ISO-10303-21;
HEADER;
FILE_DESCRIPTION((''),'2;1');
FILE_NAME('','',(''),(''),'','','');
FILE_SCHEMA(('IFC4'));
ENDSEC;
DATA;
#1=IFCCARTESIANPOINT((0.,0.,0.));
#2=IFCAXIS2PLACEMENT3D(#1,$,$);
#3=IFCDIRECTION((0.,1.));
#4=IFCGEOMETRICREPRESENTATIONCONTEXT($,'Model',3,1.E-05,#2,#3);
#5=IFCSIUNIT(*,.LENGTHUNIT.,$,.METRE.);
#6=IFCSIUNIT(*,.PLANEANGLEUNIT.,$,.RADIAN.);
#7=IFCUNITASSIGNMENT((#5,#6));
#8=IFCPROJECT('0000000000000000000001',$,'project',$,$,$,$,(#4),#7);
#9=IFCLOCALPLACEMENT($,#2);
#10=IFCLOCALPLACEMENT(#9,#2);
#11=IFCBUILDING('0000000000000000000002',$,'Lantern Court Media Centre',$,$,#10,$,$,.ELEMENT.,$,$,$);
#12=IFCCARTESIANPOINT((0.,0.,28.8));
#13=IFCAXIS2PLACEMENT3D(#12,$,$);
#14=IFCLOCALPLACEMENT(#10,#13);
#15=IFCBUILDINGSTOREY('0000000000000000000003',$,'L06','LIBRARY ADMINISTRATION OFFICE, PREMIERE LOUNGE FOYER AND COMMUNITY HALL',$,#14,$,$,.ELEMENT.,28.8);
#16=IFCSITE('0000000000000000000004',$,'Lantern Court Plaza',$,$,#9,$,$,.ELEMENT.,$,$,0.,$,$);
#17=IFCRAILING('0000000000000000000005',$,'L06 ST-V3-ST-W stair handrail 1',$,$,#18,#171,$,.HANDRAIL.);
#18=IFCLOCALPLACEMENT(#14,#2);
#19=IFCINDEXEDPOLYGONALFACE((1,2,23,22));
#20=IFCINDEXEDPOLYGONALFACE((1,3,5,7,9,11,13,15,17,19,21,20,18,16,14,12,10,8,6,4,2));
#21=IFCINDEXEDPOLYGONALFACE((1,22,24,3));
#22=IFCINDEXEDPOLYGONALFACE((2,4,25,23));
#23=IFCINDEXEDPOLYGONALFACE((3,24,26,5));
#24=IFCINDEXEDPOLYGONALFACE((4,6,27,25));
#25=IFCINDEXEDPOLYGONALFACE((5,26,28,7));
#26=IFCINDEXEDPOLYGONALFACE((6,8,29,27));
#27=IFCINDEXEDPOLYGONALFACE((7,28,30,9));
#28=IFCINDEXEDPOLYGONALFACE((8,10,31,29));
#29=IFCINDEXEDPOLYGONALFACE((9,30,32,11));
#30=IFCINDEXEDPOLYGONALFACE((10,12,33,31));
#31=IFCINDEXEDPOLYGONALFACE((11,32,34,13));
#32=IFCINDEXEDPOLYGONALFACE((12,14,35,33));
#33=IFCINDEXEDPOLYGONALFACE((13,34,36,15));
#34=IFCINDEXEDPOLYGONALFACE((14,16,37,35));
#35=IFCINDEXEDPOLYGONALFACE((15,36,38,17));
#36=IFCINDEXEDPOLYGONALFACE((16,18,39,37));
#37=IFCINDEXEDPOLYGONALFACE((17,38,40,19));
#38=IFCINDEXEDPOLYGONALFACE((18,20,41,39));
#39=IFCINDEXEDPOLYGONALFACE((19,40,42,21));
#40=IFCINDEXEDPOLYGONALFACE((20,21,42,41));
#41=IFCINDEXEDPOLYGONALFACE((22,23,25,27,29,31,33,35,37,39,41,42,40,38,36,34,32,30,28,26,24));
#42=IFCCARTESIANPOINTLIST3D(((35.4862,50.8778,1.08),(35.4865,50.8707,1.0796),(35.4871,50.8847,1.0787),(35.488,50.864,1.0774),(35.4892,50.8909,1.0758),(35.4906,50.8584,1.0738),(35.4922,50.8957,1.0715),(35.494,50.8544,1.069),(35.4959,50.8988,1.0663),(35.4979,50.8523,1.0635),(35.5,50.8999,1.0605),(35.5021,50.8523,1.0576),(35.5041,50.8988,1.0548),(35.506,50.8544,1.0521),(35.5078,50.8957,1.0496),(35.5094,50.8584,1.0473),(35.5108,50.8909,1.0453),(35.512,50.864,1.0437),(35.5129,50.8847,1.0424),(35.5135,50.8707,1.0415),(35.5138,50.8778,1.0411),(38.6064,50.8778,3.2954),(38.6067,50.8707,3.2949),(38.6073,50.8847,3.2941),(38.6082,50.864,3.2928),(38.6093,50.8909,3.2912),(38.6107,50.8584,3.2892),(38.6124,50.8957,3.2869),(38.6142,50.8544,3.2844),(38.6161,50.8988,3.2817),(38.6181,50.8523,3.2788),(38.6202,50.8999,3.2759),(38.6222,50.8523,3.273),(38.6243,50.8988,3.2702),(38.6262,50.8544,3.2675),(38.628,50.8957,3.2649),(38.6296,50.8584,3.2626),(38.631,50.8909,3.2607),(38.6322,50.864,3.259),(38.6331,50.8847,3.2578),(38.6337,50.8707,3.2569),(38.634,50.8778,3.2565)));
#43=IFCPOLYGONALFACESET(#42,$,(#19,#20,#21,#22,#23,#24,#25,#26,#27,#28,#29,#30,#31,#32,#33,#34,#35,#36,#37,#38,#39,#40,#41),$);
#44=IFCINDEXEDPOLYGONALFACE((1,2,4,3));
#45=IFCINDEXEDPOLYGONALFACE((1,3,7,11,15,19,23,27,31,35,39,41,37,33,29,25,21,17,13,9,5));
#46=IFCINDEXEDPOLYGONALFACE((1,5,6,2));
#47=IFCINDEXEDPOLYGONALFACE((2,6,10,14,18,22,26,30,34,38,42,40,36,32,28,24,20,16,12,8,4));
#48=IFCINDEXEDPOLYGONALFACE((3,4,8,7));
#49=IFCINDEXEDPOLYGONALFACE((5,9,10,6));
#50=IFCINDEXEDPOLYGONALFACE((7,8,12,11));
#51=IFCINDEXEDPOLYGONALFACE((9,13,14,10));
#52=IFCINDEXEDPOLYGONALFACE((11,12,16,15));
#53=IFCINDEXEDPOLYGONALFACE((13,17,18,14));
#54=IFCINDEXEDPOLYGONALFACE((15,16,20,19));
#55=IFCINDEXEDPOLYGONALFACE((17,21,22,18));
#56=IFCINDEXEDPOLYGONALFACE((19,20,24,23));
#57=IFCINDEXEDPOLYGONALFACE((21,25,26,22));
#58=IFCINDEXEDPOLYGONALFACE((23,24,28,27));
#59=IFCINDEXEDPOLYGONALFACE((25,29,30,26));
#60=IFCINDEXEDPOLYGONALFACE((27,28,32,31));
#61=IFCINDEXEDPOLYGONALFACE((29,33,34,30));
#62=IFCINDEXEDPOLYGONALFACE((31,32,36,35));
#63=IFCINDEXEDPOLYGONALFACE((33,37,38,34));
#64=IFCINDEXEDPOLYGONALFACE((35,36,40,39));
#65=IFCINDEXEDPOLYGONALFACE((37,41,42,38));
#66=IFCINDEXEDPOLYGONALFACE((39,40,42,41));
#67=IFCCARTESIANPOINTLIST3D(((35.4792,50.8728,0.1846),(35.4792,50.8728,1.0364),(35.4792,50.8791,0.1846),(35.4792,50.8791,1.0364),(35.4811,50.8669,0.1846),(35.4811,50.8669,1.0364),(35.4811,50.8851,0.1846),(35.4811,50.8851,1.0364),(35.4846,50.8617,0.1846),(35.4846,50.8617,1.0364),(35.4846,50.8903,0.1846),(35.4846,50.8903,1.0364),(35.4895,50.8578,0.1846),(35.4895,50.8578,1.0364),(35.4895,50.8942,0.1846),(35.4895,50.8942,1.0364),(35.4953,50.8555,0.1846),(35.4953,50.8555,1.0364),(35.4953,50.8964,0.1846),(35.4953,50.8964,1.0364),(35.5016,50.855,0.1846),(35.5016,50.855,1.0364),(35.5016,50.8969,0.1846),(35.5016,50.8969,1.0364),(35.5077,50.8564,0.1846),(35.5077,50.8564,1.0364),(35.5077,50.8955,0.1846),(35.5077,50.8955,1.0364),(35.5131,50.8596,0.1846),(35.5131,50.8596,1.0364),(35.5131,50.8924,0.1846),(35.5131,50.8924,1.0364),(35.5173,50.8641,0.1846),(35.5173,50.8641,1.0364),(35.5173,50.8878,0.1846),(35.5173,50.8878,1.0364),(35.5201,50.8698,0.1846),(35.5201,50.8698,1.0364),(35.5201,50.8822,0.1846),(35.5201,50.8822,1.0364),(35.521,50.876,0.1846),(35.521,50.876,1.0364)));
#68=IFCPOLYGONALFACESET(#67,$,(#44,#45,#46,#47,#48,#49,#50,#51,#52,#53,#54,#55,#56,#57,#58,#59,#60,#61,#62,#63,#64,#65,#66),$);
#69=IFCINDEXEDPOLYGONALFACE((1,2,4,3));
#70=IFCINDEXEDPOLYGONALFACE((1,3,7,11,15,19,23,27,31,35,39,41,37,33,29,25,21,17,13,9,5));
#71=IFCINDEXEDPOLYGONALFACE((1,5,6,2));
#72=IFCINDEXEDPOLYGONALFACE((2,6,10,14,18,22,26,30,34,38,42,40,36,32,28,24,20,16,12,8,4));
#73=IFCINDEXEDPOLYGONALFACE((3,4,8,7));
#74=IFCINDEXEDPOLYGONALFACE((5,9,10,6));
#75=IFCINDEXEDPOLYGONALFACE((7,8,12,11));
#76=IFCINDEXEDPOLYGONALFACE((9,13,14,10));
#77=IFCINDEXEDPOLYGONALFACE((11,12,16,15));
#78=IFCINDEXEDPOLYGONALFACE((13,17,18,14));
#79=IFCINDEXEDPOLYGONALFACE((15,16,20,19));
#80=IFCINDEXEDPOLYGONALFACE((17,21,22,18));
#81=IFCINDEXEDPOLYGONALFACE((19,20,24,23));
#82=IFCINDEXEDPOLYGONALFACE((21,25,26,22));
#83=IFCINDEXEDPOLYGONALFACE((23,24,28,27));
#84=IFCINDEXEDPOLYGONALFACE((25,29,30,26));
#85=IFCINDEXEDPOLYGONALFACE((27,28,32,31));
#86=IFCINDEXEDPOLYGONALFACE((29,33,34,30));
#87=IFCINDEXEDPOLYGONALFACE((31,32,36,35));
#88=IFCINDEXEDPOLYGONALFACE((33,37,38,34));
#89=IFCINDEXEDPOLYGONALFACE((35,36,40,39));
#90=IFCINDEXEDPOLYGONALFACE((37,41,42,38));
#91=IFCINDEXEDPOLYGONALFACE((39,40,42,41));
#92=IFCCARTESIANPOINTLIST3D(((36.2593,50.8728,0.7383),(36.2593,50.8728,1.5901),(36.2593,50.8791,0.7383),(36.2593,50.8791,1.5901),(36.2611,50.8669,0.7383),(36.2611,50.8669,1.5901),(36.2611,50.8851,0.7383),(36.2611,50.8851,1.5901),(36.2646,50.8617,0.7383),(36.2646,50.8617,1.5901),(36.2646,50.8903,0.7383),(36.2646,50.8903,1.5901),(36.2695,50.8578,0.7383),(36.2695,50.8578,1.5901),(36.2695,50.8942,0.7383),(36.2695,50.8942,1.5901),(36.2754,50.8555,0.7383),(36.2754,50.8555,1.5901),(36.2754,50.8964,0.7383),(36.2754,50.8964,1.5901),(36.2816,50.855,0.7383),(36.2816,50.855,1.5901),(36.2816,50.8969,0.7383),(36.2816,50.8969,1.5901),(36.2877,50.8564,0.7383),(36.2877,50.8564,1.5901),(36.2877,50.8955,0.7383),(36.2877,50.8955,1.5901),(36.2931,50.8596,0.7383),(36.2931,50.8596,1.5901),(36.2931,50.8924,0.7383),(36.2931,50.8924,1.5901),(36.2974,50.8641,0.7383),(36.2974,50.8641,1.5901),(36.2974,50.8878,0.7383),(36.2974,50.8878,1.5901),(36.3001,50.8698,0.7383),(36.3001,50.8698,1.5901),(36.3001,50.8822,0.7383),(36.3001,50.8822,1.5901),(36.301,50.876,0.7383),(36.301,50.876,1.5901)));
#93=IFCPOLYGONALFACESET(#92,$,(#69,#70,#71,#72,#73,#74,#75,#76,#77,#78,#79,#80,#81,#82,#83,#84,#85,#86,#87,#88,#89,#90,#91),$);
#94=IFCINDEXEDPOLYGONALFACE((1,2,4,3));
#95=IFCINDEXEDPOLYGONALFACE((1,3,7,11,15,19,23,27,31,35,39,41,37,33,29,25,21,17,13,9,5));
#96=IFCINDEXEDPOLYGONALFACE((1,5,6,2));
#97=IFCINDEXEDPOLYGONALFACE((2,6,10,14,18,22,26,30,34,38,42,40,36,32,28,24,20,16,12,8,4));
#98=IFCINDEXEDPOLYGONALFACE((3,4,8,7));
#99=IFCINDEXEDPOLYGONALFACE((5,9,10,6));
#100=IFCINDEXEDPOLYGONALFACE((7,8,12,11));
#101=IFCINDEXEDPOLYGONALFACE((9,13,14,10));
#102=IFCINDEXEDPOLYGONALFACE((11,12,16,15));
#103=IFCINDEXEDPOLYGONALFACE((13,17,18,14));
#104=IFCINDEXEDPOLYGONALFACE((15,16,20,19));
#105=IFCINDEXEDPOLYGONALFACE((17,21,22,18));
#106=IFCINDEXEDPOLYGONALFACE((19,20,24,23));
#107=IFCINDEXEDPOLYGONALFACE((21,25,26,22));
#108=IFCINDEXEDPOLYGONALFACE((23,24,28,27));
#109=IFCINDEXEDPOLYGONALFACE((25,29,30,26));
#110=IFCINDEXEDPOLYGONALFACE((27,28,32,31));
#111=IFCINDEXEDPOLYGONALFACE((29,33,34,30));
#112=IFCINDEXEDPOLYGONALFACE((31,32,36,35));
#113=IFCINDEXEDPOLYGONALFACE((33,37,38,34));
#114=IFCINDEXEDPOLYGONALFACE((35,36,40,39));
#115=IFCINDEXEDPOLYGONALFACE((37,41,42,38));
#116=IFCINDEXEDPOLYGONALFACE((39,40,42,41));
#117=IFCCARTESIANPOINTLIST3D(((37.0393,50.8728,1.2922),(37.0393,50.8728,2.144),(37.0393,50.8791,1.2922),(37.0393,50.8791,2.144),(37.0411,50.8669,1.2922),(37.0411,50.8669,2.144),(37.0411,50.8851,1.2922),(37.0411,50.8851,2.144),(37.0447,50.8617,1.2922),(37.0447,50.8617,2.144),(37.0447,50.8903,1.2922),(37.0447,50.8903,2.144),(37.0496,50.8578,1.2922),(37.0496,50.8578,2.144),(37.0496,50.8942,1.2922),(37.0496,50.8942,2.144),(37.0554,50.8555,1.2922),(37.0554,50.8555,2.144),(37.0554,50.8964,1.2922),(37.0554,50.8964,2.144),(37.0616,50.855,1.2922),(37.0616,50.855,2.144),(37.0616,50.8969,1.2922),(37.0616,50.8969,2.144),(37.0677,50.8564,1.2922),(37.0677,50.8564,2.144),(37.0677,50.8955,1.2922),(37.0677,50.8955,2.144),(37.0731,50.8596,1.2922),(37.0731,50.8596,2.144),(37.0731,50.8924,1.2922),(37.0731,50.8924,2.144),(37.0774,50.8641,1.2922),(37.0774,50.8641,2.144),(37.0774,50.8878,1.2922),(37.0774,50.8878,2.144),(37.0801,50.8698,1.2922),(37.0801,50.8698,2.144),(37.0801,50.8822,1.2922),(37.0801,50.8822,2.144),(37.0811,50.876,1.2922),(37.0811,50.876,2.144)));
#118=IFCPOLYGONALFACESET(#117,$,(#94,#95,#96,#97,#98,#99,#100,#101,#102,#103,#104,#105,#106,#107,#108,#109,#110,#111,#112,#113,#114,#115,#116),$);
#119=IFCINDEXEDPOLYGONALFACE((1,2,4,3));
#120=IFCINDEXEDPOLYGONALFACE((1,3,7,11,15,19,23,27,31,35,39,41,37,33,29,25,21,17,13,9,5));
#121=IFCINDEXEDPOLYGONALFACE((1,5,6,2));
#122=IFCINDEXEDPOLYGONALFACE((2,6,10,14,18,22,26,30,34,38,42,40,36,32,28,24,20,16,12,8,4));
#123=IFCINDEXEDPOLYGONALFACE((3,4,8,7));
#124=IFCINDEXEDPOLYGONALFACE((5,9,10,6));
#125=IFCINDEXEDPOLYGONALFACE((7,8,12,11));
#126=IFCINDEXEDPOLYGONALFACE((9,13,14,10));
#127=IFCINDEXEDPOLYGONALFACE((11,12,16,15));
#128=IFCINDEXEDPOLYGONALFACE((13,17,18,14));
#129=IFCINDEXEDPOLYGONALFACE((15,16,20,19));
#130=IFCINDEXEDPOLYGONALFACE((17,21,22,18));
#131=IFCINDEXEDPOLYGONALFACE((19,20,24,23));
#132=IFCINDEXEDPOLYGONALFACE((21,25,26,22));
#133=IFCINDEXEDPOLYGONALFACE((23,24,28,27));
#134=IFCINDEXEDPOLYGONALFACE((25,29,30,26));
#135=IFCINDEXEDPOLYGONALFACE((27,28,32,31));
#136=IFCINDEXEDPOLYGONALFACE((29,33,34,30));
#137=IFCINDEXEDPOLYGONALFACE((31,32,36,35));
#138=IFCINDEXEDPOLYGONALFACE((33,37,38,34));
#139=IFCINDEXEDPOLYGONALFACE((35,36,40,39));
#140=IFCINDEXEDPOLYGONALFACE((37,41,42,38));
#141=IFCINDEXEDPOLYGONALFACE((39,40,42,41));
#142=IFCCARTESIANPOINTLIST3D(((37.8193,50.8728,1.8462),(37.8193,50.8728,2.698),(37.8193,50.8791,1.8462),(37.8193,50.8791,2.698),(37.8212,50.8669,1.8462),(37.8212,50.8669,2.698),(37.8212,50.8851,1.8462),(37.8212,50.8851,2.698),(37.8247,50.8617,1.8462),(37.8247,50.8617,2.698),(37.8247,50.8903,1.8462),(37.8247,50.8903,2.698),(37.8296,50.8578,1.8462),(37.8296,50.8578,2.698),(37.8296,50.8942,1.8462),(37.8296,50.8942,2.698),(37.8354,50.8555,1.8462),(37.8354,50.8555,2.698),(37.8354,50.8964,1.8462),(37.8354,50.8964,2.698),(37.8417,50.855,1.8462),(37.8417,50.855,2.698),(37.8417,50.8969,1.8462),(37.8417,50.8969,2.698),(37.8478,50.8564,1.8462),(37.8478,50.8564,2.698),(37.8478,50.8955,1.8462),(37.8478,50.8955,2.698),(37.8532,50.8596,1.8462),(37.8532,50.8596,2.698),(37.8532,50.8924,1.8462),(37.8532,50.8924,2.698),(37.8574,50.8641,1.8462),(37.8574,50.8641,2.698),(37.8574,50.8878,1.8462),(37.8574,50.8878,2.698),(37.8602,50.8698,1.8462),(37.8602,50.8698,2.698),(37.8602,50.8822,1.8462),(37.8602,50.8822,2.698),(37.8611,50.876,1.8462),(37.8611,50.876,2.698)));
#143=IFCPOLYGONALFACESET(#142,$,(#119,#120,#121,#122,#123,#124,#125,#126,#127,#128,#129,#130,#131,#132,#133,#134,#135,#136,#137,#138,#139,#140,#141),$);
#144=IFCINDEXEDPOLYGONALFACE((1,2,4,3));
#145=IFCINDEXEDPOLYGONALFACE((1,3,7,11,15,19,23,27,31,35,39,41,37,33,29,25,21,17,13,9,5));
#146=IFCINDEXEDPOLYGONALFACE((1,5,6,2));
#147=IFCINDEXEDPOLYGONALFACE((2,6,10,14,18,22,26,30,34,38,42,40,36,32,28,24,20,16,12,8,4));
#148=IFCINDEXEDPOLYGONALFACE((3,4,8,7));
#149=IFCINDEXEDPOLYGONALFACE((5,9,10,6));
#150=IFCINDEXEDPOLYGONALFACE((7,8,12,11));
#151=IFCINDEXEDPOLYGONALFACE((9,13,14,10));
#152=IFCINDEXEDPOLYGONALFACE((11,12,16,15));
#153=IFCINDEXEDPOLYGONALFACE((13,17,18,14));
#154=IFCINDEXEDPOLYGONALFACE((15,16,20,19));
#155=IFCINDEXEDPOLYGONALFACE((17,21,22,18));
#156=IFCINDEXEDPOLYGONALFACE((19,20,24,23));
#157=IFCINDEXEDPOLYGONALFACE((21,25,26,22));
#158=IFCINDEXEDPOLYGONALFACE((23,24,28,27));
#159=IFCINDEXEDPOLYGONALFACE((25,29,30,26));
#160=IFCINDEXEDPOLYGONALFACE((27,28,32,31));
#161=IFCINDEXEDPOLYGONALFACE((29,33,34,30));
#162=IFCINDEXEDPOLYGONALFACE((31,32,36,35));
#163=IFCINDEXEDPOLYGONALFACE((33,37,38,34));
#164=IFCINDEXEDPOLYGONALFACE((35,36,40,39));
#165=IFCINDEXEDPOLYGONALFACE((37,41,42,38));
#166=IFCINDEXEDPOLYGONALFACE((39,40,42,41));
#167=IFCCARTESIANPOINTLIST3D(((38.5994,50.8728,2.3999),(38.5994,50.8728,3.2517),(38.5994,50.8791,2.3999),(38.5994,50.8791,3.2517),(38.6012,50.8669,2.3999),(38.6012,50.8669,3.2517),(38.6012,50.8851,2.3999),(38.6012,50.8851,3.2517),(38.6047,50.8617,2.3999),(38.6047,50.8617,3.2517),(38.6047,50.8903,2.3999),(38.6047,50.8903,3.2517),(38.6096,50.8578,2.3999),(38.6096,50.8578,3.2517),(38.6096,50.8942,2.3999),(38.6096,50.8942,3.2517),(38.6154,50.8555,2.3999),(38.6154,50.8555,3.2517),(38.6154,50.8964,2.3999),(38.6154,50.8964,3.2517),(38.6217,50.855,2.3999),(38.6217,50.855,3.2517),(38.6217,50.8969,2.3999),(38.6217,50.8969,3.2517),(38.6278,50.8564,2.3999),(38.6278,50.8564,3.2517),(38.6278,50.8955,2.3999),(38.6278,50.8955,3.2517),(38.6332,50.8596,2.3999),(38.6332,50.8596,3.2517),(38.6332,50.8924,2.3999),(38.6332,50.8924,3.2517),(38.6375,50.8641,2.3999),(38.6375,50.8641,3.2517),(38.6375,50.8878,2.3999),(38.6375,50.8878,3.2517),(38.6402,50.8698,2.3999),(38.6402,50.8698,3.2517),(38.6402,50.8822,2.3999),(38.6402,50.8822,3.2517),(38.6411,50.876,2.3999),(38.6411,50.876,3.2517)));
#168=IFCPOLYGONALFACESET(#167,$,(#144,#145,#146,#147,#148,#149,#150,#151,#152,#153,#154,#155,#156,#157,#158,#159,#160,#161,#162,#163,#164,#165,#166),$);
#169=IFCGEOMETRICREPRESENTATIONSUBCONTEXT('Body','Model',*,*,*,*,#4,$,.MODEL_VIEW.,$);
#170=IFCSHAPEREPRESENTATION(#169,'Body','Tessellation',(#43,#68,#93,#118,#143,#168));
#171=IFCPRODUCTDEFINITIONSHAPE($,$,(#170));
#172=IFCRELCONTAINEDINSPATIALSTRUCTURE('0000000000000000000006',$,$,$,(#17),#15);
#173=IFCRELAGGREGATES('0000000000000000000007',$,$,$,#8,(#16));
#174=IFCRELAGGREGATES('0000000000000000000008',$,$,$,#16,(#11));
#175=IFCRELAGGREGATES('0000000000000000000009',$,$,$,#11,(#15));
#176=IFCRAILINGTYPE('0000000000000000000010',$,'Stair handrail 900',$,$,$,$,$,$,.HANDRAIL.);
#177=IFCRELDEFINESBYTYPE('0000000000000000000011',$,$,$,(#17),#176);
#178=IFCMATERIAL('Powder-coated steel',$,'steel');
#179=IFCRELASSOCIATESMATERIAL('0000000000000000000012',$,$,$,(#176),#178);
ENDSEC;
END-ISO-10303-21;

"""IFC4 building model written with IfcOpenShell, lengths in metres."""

from ifc_helpers import new_model, si_unit, direction, frame, origin, origin_2d, place, context, subcontext, project, spatial, circle, extrude, material, type_object, element, save


model = new_model("IFC4")

# Units and contexts
model_context = context("Model", 3, precision=1e-05, world=origin(), true_north=direction((0.0, 1.0)))
body_context = subcontext(model_context, "Body", "Model", "MODEL_VIEW")
ifc_project = project(units=[si_unit("LENGTHUNIT", "METRE"), si_unit("PLANEANGLEUNIT", "RADIAN")], contexts=[model_context])

# Site, building, storey
site_placement = place(None, origin())
site = spatial("IfcSite", under=ifc_project, at=site_placement, Name="Lantern Court Plaza", CompositionType="ELEMENT", RefElevation=0.0)
building_placement = place(site_placement, origin())
building = spatial("IfcBuilding", under=site, at=building_placement, Name="Lantern Court Media Centre", CompositionType="ELEMENT")
storey_placement = place(building_placement, frame((0.0, 0.0, 28.8)))
storey = spatial("IfcBuildingStorey", under=building, at=storey_placement, Name="L06", Description="LIBRARY ADMINISTRATION OFFICE, PREMIERE LOUNGE FOYER AND COMMUNITY HALL", CompositionType="ELEMENT", Elevation=28.8)

# Railing
ifc_material_1 = material(Name="Powder-coated steel", Category="steel")
railing_type_1 = type_object("IfcRailingType", Name="Stair handrail 900", PredefinedType="HANDRAIL", material=ifc_material_1)
railing_placement = place(storey_placement, frame((35.5, 50.876, 0.1846)))
element("IfcRailing", 1, at=railing_placement, inside=storey, type_object=railing_type_1, Name="L06 ST-V3-ST-W stair handrail 1", PredefinedType="HANDRAIL", context=body_context, shape_type="SweptSolid", body=[
    extrude(circle(Radius=0.0239, at=origin_2d()), frame((0.0, 0.0, 0.876), z_axis=(0.815377, 0.0, 0.57893), x_axis=(0.0, 1.0, 0.0)), (0.0, 0.0, 1.0), 3.8267),
    extrude(circle(Radius=0.021, at=origin_2d()), origin(), (0.0, 0.0, 1.0), 0.8518),
    extrude(circle(Radius=0.021, at=origin_2d()), frame((0.78, 0.0, 0.5537)), (0.0, 0.0, 1.0), 0.8518),
    extrude(circle(Radius=0.021, at=origin_2d()), frame((1.5601, 0.0, 1.1077)), (0.0, 0.0, 1.0), 0.8518),
    extrude(circle(Radius=0.021, at=origin_2d()), frame((2.3401, 0.0, 1.6616)), (0.0, 0.0, 1.0), 0.8518),
    extrude(circle(Radius=0.021, at=origin_2d()), frame((3.1201, 0.0, 2.2153)), (0.0, 0.0, 1.0), 0.8518),
])

save(model, "model.ifc")
